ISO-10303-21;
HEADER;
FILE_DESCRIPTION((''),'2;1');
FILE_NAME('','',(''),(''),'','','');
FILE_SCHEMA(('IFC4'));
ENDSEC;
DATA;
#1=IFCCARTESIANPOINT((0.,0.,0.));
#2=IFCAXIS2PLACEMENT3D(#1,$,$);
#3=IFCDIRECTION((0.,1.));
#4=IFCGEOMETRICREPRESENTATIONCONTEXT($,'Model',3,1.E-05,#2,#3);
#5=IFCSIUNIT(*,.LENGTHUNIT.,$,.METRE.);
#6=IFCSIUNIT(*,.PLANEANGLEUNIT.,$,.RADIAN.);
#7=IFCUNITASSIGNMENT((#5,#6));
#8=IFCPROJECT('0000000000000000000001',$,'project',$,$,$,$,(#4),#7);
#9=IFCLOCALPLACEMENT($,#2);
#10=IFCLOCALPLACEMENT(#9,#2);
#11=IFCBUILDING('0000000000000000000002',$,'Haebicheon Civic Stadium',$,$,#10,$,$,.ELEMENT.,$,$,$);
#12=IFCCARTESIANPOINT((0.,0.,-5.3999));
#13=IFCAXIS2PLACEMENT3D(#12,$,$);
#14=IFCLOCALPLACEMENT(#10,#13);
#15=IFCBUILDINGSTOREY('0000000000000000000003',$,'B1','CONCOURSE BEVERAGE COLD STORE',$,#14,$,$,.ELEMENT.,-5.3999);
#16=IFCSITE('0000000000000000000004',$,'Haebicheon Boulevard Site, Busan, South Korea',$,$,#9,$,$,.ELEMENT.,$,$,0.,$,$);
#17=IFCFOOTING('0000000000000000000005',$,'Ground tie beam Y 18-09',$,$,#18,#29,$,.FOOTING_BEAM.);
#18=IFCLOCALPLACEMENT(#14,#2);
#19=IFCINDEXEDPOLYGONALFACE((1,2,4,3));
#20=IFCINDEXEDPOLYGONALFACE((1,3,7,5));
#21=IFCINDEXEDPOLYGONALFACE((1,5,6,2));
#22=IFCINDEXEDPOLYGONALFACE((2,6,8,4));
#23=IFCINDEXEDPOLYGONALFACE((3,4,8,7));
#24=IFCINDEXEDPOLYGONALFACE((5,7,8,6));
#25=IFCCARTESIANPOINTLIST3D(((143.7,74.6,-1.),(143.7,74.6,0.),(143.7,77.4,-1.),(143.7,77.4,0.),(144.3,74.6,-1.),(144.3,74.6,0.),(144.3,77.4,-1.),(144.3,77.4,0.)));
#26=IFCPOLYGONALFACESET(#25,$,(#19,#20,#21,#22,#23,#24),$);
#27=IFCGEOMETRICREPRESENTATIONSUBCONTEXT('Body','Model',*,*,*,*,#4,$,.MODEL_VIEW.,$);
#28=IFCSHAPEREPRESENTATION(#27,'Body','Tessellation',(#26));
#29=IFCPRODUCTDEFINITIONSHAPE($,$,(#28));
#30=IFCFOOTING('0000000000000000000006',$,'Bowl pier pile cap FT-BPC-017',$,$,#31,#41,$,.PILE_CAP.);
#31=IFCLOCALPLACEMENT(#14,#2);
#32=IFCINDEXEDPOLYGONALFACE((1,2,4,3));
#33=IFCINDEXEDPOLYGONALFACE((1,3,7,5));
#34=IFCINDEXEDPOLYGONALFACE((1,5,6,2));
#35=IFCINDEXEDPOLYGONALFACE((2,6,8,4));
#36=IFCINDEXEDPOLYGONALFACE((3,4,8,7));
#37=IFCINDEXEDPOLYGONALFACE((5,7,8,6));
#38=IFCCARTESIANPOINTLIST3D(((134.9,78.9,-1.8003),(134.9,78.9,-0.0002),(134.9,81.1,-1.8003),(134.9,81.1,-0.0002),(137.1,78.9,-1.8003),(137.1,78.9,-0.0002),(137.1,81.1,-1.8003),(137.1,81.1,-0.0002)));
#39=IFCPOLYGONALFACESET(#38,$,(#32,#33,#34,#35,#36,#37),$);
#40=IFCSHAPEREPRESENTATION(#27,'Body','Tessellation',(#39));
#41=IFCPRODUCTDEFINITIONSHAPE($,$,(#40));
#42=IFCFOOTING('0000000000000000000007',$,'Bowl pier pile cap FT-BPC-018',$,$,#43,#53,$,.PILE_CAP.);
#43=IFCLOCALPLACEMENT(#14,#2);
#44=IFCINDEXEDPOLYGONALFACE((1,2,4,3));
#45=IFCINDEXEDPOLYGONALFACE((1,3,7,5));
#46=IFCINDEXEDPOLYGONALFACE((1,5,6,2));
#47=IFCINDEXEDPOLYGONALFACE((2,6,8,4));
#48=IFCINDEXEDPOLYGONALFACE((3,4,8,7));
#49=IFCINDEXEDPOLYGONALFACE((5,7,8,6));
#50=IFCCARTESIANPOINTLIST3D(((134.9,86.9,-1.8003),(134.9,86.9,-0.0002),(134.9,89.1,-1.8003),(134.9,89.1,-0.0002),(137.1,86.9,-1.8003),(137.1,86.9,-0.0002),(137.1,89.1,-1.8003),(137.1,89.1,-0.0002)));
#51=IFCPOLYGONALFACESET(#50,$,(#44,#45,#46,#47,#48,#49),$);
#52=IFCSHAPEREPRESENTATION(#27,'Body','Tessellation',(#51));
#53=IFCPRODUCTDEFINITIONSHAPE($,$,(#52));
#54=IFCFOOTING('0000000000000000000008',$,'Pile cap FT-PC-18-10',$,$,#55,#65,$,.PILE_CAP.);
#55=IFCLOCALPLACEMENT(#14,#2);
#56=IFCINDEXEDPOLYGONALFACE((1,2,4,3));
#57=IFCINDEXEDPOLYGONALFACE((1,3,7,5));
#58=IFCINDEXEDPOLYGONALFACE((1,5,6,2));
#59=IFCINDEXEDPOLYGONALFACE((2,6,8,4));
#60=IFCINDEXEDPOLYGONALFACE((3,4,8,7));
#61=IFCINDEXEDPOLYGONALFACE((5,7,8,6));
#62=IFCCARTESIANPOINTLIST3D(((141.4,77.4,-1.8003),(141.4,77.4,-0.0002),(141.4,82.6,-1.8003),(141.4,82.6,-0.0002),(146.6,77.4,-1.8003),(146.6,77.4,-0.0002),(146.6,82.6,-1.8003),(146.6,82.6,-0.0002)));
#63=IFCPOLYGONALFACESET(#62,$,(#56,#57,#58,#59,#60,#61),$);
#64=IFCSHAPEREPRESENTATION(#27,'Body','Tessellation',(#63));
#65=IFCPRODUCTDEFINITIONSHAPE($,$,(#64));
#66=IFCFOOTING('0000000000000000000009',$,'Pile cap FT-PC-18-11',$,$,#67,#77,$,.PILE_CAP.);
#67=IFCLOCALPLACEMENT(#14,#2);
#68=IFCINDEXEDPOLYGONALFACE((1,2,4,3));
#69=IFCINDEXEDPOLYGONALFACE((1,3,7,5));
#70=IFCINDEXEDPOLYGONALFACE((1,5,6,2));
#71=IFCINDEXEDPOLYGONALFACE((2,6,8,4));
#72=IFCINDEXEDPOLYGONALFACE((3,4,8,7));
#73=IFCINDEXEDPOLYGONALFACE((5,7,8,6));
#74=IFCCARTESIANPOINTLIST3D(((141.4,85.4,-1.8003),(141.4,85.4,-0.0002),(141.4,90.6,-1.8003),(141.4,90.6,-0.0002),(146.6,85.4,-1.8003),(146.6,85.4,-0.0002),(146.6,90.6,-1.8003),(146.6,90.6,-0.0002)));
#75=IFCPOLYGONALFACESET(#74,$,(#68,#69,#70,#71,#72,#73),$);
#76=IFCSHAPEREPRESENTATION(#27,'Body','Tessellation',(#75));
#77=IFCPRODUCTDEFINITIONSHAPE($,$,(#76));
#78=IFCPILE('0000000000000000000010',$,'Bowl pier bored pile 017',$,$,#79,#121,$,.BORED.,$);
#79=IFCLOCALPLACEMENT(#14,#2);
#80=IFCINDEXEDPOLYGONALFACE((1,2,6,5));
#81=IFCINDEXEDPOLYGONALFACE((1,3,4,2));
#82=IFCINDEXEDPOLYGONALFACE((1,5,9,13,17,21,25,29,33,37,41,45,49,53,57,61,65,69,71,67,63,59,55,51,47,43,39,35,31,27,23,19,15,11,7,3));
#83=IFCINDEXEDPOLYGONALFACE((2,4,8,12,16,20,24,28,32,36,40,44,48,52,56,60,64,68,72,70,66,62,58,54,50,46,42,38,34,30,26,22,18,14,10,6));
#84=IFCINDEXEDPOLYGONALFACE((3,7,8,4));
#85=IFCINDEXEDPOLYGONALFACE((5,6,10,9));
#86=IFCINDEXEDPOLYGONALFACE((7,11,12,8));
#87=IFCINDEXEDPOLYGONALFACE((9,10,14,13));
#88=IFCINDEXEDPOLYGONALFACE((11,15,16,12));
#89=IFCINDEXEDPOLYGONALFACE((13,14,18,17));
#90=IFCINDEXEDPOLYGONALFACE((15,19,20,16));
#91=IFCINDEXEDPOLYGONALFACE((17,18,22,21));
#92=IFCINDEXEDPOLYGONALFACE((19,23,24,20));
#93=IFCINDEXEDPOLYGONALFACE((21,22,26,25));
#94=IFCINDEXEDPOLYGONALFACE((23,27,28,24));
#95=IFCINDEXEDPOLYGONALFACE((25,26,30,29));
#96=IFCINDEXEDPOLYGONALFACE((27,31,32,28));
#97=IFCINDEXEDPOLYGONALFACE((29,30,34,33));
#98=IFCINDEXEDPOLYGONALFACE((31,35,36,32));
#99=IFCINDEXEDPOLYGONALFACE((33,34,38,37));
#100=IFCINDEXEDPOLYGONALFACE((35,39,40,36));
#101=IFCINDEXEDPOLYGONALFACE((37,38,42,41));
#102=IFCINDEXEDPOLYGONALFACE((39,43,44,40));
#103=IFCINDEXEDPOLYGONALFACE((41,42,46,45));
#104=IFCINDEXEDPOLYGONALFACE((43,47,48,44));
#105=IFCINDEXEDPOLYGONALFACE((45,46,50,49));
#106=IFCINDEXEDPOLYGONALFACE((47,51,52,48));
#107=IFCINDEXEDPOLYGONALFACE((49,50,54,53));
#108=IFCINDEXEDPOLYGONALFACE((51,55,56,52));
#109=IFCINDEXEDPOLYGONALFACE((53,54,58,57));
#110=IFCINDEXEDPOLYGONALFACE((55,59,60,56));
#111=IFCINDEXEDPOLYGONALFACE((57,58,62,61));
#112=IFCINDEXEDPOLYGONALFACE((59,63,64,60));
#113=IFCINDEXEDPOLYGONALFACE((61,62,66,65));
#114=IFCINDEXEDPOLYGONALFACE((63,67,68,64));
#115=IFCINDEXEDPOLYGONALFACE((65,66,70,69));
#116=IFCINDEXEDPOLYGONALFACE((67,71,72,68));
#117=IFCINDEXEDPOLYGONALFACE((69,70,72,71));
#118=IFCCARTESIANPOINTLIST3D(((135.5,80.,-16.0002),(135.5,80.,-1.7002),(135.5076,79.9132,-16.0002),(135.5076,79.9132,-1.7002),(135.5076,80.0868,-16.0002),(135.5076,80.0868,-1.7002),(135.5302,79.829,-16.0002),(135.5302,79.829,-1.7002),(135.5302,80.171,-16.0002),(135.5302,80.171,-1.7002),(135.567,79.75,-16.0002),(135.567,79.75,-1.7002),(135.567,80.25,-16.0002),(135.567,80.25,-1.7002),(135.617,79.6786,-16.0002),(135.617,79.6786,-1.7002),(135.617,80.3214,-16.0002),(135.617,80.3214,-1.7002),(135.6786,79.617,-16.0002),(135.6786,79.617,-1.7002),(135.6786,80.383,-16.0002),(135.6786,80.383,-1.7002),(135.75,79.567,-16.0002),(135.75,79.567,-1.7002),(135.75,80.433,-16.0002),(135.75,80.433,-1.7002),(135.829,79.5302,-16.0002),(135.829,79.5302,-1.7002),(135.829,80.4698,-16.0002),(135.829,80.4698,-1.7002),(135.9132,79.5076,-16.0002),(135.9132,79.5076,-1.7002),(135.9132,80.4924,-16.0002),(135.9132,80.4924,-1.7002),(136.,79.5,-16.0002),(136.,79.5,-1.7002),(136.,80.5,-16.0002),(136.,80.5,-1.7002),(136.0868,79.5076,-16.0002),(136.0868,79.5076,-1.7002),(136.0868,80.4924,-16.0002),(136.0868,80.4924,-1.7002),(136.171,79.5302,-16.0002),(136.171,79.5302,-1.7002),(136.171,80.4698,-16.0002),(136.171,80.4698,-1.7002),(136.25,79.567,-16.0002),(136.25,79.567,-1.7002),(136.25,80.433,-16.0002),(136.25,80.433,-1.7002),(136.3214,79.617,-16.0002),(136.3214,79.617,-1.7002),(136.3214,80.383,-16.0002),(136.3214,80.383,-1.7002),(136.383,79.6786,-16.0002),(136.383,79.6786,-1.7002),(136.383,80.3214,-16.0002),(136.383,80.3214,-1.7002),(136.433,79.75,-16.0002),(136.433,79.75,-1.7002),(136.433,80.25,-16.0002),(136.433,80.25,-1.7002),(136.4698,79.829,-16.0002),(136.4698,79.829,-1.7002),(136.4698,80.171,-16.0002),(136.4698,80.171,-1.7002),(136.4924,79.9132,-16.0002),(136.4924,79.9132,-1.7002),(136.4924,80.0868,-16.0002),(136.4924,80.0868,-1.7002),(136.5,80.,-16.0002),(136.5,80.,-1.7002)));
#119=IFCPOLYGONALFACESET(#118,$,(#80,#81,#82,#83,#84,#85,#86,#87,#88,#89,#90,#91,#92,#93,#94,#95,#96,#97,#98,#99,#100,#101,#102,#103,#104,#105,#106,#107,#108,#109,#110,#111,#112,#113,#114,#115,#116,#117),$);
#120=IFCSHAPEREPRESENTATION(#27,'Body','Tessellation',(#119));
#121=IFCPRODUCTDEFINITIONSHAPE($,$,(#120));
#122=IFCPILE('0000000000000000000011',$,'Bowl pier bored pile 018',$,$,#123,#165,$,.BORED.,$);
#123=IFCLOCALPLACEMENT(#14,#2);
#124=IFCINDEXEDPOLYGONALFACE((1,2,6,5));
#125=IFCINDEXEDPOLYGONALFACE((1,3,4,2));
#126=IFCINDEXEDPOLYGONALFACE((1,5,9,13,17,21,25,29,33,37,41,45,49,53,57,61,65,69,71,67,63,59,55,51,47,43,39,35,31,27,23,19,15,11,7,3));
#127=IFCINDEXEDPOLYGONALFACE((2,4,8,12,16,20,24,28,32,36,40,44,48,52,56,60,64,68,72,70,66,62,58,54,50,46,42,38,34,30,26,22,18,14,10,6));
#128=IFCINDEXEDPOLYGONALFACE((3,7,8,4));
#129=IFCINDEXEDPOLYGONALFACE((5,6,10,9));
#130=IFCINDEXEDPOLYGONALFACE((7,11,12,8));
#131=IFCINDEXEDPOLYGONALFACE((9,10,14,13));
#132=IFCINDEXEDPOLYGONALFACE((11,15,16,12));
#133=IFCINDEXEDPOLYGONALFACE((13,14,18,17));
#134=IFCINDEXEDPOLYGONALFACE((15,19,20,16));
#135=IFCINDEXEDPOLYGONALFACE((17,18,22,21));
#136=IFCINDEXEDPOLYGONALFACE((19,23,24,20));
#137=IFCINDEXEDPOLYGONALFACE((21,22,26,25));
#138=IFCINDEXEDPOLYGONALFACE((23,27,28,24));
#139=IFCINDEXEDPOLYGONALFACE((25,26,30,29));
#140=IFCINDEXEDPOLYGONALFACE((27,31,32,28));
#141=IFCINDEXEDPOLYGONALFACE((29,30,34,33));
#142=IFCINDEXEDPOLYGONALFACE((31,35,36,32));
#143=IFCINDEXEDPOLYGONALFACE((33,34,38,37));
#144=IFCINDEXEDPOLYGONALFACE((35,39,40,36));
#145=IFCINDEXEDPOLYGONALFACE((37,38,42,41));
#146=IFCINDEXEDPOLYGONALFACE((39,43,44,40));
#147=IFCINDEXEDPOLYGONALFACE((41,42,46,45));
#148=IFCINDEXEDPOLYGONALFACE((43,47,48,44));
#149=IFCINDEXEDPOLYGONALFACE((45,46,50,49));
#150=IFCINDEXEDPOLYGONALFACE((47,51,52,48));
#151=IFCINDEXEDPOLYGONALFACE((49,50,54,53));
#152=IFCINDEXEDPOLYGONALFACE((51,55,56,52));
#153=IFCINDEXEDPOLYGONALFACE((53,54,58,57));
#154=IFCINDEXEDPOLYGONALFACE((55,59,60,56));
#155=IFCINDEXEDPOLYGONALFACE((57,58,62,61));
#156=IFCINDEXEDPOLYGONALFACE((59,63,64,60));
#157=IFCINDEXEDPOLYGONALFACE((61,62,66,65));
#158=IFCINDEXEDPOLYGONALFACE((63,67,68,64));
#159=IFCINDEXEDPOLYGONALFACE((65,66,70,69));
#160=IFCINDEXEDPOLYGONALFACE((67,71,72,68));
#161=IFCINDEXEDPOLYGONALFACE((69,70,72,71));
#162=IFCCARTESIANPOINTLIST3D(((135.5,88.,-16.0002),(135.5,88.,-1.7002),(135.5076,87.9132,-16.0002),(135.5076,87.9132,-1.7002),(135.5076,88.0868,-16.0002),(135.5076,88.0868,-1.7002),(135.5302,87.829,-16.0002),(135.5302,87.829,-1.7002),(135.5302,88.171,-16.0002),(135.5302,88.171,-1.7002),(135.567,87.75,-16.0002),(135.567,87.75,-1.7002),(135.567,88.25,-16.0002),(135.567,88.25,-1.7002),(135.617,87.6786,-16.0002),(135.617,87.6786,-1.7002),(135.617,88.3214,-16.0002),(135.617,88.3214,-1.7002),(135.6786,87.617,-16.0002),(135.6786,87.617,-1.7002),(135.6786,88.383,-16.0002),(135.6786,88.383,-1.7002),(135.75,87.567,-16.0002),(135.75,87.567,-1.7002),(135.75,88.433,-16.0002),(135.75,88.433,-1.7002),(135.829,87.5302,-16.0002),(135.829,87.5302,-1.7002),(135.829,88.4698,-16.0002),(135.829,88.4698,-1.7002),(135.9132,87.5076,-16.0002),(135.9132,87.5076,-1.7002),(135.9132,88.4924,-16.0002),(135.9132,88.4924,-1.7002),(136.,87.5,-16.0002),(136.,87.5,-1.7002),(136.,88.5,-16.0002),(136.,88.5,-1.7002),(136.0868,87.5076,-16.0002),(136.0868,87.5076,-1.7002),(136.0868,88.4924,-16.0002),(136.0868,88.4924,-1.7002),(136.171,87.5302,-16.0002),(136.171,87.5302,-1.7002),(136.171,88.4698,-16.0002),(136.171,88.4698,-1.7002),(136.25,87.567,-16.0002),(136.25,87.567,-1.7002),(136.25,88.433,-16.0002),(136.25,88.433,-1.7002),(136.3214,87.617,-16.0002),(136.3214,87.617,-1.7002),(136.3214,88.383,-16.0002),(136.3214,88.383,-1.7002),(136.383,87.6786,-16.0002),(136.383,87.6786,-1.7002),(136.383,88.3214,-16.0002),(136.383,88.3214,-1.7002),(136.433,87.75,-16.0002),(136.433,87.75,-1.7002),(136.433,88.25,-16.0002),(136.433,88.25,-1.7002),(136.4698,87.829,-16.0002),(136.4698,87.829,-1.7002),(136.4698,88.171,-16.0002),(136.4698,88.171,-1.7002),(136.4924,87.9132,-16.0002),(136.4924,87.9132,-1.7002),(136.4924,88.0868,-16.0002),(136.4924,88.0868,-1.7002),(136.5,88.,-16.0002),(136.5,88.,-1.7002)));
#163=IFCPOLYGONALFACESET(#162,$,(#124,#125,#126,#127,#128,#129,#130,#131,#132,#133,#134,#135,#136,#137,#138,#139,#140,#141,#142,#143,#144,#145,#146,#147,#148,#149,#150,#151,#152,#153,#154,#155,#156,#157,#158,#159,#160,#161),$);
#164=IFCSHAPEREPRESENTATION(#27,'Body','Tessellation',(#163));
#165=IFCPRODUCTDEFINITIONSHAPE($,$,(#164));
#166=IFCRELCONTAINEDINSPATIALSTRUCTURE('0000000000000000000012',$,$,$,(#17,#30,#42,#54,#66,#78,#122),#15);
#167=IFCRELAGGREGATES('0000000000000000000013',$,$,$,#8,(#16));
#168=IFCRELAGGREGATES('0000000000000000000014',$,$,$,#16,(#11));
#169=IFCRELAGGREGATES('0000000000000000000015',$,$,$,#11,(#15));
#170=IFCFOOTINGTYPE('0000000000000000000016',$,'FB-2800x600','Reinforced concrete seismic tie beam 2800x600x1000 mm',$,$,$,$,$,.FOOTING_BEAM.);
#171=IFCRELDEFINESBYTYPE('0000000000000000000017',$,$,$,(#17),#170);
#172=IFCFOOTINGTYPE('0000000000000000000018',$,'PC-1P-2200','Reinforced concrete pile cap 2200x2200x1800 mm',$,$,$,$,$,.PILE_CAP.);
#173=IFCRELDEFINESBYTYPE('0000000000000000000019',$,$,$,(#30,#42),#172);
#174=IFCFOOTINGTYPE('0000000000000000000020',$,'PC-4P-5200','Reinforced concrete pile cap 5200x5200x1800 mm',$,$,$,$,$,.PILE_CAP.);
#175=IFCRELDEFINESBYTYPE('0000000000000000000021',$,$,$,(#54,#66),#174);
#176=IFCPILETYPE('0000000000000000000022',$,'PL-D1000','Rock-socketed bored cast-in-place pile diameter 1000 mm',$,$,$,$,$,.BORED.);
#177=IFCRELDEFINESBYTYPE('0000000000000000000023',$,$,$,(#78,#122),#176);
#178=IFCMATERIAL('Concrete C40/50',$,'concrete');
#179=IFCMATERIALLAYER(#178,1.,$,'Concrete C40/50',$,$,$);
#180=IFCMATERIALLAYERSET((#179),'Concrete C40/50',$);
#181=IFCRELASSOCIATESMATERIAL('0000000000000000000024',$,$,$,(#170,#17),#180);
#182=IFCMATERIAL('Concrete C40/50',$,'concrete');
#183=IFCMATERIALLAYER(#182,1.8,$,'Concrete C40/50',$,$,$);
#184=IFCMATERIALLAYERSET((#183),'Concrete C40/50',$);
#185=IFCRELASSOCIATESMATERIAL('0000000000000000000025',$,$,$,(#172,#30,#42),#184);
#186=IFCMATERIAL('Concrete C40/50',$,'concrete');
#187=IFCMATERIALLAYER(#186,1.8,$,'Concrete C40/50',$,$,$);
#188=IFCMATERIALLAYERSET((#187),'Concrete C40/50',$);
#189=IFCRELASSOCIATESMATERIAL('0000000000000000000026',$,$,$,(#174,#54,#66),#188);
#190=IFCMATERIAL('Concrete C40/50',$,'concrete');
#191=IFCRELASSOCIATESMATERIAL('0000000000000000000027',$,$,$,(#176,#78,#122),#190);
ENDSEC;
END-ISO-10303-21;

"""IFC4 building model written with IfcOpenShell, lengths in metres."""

from ifc_helpers import new_model, si_unit, direction, frame, origin, origin_2d, place, context, subcontext, project, spatial, rectangle, circle, extrude, material, layer, layer_set, material_profile, profile_set, type_object, element, save


model = new_model("IFC4")

# Units and contexts
model_context = context("Model", 3, precision=1e-05, world=origin(), true_north=direction((0.0, 1.0)))
body_context = subcontext(model_context, "Body", "Model", "MODEL_VIEW")
ifc_project = project(units=[si_unit("LENGTHUNIT", "METRE"), si_unit("PLANEANGLEUNIT", "RADIAN")], contexts=[model_context])

# Site, building, storey
site_placement = place(None, origin())
site = spatial("IfcSite", under=ifc_project, at=site_placement, Name="Haebicheon Boulevard Site, Busan, South Korea", CompositionType="ELEMENT", RefElevation=0.0)
building_placement = place(site_placement, origin())
building = spatial("IfcBuilding", under=site, at=building_placement, Name="Haebicheon Civic Stadium", CompositionType="ELEMENT")
storey_placement = place(building_placement, frame((0.0, 0.0, -5.3999)))
storey = spatial("IfcBuildingStorey", under=building, at=storey_placement, Name="B1", Description="CONCOURSE BEVERAGE COLD STORE", CompositionType="ELEMENT", Elevation=-5.3999)

# Footings
ifc_material_1 = material(Name="Concrete C40/50", Category="concrete")
ifc_layer_1 = layer(ifc_material_1, 1.0, Name="Concrete C40/50")
ifc_layer_set_1 = layer_set([ifc_layer_1], Name="Concrete C40/50")
footing_type_1 = type_object("IfcFootingType", Name="FB-2800x600", Description="Reinforced concrete seismic tie beam 2800x600x1000 mm", PredefinedType="FOOTING_BEAM", material=ifc_layer_set_1)
footing_placement = place(storey_placement, frame((144.0, 76.0, -1.0), z_axis=(0.0, 0.0, 1.0), x_axis=(0.0, 1.0, 0.0)))
element("IfcFooting", 1, at=footing_placement, inside=storey, type_object=footing_type_1, material=ifc_layer_set_1, Name="Ground tie beam Y 18-09", PredefinedType="FOOTING_BEAM", context=body_context, shape_type="SweptSolid", body=[
    extrude(rectangle(XDim=2.8, YDim=0.6001, at=origin_2d()), origin(), (0.0, 0.0, 1.0), 1.0),
])
ifc_material_2 = material(Name="Concrete C40/50", Category="concrete")
ifc_layer_2 = layer(ifc_material_2, 1.8, Name="Concrete C40/50")
ifc_layer_set_2 = layer_set([ifc_layer_2], Name="Concrete C40/50")
footing_type_2 = type_object("IfcFootingType", Name="PC-1P-2200", Description="Reinforced concrete pile cap 2200x2200x1800 mm", PredefinedType="PILE_CAP", material=ifc_layer_set_2)
for number, where, z_axis, x_axis, name in (
    (2, (136.0, 80.0, -1.8003), (0.0, 0.0, 1.0), (1.0, 0.0, 0.0), "Bowl pier pile cap FT-BPC-017"),
    (3, (136.0, 88.0, -1.8003), (0.0, 0.0, 1.0), (1.0, 0.0, 0.0), "Bowl pier pile cap FT-BPC-018"),
):
    element("IfcFooting", number, at=place(storey_placement, frame(where, z_axis=z_axis, x_axis=x_axis)), inside=storey, type_object=footing_type_2, material=ifc_layer_set_2, Name=name, PredefinedType="PILE_CAP", context=body_context, shape_type="SweptSolid", body=[
        extrude(rectangle(XDim=2.2, YDim=2.2, at=origin_2d()), origin(), (0.0, 0.0, 1.0), 1.8),
    ])
ifc_material_3 = material(Name="Concrete C40/50", Category="concrete")
ifc_layer_3 = layer(ifc_material_3, 1.8, Name="Concrete C40/50")
ifc_layer_set_3 = layer_set([ifc_layer_3], Name="Concrete C40/50")
footing_type_3 = type_object("IfcFootingType", Name="PC-4P-5200", Description="Reinforced concrete pile cap 5200x5200x1800 mm", PredefinedType="PILE_CAP", material=ifc_layer_set_3)
for number, where, z_axis, x_axis, name in (
    (4, (144.0, 80.0, -1.8003), (0.0, 0.0, 1.0), (1.0, 0.0, 0.0), "Pile cap FT-PC-18-10"),
    (5, (144.0, 88.0, -1.8003), (0.0, 0.0, 1.0), (1.0, 0.0, 0.0), "Pile cap FT-PC-18-11"),
):
    element("IfcFooting", number, at=place(storey_placement, frame(where, z_axis=z_axis, x_axis=x_axis)), inside=storey, type_object=footing_type_3, material=ifc_layer_set_3, Name=name, PredefinedType="PILE_CAP", context=body_context, shape_type="SweptSolid", body=[
        extrude(rectangle(XDim=5.2, YDim=5.2, at=origin_2d()), origin(), (0.0, 0.0, 1.0), 1.8),
    ])

# Piles
ifc_material_4 = material(Name="Concrete C40/50", Category="concrete")
ifc_material_profile_1 = material_profile(ifc_material_4, circle(Radius=0.5, at=origin_2d()), Name="PILE-D1000")
ifc_profile_set_1 = profile_set([ifc_material_profile_1], Name="Concrete C40/50")
pile_type_1 = type_object("IfcPileType", Name="PL-D1000", Description="Rock-socketed bored cast-in-place pile diameter 1000 mm", PredefinedType="BORED", material=ifc_profile_set_1)
for number, where, z_axis, x_axis, name in (
    (6, (136.0, 80.0, -1.7002), (0.0, 0.0, -1.0), (1.0, 0.0, 0.0), "Bowl pier bored pile 017"),
    (7, (136.0, 88.0, -1.7002), (0.0, 0.0, -1.0), (1.0, 0.0, 0.0), "Bowl pier bored pile 018"),
):
    element("IfcPile", number, at=place(storey_placement, frame(where, z_axis=z_axis, x_axis=x_axis)), inside=storey, type_object=pile_type_1, material=ifc_profile_set_1, Name=name, PredefinedType="BORED", context=body_context, shape_type="SweptSolid", body=[
        extrude(circle(Radius=0.5, at=origin_2d()), origin(), (0.0, 0.0, 1.0), 14.3),
    ])

save(model, "model.ifc")
